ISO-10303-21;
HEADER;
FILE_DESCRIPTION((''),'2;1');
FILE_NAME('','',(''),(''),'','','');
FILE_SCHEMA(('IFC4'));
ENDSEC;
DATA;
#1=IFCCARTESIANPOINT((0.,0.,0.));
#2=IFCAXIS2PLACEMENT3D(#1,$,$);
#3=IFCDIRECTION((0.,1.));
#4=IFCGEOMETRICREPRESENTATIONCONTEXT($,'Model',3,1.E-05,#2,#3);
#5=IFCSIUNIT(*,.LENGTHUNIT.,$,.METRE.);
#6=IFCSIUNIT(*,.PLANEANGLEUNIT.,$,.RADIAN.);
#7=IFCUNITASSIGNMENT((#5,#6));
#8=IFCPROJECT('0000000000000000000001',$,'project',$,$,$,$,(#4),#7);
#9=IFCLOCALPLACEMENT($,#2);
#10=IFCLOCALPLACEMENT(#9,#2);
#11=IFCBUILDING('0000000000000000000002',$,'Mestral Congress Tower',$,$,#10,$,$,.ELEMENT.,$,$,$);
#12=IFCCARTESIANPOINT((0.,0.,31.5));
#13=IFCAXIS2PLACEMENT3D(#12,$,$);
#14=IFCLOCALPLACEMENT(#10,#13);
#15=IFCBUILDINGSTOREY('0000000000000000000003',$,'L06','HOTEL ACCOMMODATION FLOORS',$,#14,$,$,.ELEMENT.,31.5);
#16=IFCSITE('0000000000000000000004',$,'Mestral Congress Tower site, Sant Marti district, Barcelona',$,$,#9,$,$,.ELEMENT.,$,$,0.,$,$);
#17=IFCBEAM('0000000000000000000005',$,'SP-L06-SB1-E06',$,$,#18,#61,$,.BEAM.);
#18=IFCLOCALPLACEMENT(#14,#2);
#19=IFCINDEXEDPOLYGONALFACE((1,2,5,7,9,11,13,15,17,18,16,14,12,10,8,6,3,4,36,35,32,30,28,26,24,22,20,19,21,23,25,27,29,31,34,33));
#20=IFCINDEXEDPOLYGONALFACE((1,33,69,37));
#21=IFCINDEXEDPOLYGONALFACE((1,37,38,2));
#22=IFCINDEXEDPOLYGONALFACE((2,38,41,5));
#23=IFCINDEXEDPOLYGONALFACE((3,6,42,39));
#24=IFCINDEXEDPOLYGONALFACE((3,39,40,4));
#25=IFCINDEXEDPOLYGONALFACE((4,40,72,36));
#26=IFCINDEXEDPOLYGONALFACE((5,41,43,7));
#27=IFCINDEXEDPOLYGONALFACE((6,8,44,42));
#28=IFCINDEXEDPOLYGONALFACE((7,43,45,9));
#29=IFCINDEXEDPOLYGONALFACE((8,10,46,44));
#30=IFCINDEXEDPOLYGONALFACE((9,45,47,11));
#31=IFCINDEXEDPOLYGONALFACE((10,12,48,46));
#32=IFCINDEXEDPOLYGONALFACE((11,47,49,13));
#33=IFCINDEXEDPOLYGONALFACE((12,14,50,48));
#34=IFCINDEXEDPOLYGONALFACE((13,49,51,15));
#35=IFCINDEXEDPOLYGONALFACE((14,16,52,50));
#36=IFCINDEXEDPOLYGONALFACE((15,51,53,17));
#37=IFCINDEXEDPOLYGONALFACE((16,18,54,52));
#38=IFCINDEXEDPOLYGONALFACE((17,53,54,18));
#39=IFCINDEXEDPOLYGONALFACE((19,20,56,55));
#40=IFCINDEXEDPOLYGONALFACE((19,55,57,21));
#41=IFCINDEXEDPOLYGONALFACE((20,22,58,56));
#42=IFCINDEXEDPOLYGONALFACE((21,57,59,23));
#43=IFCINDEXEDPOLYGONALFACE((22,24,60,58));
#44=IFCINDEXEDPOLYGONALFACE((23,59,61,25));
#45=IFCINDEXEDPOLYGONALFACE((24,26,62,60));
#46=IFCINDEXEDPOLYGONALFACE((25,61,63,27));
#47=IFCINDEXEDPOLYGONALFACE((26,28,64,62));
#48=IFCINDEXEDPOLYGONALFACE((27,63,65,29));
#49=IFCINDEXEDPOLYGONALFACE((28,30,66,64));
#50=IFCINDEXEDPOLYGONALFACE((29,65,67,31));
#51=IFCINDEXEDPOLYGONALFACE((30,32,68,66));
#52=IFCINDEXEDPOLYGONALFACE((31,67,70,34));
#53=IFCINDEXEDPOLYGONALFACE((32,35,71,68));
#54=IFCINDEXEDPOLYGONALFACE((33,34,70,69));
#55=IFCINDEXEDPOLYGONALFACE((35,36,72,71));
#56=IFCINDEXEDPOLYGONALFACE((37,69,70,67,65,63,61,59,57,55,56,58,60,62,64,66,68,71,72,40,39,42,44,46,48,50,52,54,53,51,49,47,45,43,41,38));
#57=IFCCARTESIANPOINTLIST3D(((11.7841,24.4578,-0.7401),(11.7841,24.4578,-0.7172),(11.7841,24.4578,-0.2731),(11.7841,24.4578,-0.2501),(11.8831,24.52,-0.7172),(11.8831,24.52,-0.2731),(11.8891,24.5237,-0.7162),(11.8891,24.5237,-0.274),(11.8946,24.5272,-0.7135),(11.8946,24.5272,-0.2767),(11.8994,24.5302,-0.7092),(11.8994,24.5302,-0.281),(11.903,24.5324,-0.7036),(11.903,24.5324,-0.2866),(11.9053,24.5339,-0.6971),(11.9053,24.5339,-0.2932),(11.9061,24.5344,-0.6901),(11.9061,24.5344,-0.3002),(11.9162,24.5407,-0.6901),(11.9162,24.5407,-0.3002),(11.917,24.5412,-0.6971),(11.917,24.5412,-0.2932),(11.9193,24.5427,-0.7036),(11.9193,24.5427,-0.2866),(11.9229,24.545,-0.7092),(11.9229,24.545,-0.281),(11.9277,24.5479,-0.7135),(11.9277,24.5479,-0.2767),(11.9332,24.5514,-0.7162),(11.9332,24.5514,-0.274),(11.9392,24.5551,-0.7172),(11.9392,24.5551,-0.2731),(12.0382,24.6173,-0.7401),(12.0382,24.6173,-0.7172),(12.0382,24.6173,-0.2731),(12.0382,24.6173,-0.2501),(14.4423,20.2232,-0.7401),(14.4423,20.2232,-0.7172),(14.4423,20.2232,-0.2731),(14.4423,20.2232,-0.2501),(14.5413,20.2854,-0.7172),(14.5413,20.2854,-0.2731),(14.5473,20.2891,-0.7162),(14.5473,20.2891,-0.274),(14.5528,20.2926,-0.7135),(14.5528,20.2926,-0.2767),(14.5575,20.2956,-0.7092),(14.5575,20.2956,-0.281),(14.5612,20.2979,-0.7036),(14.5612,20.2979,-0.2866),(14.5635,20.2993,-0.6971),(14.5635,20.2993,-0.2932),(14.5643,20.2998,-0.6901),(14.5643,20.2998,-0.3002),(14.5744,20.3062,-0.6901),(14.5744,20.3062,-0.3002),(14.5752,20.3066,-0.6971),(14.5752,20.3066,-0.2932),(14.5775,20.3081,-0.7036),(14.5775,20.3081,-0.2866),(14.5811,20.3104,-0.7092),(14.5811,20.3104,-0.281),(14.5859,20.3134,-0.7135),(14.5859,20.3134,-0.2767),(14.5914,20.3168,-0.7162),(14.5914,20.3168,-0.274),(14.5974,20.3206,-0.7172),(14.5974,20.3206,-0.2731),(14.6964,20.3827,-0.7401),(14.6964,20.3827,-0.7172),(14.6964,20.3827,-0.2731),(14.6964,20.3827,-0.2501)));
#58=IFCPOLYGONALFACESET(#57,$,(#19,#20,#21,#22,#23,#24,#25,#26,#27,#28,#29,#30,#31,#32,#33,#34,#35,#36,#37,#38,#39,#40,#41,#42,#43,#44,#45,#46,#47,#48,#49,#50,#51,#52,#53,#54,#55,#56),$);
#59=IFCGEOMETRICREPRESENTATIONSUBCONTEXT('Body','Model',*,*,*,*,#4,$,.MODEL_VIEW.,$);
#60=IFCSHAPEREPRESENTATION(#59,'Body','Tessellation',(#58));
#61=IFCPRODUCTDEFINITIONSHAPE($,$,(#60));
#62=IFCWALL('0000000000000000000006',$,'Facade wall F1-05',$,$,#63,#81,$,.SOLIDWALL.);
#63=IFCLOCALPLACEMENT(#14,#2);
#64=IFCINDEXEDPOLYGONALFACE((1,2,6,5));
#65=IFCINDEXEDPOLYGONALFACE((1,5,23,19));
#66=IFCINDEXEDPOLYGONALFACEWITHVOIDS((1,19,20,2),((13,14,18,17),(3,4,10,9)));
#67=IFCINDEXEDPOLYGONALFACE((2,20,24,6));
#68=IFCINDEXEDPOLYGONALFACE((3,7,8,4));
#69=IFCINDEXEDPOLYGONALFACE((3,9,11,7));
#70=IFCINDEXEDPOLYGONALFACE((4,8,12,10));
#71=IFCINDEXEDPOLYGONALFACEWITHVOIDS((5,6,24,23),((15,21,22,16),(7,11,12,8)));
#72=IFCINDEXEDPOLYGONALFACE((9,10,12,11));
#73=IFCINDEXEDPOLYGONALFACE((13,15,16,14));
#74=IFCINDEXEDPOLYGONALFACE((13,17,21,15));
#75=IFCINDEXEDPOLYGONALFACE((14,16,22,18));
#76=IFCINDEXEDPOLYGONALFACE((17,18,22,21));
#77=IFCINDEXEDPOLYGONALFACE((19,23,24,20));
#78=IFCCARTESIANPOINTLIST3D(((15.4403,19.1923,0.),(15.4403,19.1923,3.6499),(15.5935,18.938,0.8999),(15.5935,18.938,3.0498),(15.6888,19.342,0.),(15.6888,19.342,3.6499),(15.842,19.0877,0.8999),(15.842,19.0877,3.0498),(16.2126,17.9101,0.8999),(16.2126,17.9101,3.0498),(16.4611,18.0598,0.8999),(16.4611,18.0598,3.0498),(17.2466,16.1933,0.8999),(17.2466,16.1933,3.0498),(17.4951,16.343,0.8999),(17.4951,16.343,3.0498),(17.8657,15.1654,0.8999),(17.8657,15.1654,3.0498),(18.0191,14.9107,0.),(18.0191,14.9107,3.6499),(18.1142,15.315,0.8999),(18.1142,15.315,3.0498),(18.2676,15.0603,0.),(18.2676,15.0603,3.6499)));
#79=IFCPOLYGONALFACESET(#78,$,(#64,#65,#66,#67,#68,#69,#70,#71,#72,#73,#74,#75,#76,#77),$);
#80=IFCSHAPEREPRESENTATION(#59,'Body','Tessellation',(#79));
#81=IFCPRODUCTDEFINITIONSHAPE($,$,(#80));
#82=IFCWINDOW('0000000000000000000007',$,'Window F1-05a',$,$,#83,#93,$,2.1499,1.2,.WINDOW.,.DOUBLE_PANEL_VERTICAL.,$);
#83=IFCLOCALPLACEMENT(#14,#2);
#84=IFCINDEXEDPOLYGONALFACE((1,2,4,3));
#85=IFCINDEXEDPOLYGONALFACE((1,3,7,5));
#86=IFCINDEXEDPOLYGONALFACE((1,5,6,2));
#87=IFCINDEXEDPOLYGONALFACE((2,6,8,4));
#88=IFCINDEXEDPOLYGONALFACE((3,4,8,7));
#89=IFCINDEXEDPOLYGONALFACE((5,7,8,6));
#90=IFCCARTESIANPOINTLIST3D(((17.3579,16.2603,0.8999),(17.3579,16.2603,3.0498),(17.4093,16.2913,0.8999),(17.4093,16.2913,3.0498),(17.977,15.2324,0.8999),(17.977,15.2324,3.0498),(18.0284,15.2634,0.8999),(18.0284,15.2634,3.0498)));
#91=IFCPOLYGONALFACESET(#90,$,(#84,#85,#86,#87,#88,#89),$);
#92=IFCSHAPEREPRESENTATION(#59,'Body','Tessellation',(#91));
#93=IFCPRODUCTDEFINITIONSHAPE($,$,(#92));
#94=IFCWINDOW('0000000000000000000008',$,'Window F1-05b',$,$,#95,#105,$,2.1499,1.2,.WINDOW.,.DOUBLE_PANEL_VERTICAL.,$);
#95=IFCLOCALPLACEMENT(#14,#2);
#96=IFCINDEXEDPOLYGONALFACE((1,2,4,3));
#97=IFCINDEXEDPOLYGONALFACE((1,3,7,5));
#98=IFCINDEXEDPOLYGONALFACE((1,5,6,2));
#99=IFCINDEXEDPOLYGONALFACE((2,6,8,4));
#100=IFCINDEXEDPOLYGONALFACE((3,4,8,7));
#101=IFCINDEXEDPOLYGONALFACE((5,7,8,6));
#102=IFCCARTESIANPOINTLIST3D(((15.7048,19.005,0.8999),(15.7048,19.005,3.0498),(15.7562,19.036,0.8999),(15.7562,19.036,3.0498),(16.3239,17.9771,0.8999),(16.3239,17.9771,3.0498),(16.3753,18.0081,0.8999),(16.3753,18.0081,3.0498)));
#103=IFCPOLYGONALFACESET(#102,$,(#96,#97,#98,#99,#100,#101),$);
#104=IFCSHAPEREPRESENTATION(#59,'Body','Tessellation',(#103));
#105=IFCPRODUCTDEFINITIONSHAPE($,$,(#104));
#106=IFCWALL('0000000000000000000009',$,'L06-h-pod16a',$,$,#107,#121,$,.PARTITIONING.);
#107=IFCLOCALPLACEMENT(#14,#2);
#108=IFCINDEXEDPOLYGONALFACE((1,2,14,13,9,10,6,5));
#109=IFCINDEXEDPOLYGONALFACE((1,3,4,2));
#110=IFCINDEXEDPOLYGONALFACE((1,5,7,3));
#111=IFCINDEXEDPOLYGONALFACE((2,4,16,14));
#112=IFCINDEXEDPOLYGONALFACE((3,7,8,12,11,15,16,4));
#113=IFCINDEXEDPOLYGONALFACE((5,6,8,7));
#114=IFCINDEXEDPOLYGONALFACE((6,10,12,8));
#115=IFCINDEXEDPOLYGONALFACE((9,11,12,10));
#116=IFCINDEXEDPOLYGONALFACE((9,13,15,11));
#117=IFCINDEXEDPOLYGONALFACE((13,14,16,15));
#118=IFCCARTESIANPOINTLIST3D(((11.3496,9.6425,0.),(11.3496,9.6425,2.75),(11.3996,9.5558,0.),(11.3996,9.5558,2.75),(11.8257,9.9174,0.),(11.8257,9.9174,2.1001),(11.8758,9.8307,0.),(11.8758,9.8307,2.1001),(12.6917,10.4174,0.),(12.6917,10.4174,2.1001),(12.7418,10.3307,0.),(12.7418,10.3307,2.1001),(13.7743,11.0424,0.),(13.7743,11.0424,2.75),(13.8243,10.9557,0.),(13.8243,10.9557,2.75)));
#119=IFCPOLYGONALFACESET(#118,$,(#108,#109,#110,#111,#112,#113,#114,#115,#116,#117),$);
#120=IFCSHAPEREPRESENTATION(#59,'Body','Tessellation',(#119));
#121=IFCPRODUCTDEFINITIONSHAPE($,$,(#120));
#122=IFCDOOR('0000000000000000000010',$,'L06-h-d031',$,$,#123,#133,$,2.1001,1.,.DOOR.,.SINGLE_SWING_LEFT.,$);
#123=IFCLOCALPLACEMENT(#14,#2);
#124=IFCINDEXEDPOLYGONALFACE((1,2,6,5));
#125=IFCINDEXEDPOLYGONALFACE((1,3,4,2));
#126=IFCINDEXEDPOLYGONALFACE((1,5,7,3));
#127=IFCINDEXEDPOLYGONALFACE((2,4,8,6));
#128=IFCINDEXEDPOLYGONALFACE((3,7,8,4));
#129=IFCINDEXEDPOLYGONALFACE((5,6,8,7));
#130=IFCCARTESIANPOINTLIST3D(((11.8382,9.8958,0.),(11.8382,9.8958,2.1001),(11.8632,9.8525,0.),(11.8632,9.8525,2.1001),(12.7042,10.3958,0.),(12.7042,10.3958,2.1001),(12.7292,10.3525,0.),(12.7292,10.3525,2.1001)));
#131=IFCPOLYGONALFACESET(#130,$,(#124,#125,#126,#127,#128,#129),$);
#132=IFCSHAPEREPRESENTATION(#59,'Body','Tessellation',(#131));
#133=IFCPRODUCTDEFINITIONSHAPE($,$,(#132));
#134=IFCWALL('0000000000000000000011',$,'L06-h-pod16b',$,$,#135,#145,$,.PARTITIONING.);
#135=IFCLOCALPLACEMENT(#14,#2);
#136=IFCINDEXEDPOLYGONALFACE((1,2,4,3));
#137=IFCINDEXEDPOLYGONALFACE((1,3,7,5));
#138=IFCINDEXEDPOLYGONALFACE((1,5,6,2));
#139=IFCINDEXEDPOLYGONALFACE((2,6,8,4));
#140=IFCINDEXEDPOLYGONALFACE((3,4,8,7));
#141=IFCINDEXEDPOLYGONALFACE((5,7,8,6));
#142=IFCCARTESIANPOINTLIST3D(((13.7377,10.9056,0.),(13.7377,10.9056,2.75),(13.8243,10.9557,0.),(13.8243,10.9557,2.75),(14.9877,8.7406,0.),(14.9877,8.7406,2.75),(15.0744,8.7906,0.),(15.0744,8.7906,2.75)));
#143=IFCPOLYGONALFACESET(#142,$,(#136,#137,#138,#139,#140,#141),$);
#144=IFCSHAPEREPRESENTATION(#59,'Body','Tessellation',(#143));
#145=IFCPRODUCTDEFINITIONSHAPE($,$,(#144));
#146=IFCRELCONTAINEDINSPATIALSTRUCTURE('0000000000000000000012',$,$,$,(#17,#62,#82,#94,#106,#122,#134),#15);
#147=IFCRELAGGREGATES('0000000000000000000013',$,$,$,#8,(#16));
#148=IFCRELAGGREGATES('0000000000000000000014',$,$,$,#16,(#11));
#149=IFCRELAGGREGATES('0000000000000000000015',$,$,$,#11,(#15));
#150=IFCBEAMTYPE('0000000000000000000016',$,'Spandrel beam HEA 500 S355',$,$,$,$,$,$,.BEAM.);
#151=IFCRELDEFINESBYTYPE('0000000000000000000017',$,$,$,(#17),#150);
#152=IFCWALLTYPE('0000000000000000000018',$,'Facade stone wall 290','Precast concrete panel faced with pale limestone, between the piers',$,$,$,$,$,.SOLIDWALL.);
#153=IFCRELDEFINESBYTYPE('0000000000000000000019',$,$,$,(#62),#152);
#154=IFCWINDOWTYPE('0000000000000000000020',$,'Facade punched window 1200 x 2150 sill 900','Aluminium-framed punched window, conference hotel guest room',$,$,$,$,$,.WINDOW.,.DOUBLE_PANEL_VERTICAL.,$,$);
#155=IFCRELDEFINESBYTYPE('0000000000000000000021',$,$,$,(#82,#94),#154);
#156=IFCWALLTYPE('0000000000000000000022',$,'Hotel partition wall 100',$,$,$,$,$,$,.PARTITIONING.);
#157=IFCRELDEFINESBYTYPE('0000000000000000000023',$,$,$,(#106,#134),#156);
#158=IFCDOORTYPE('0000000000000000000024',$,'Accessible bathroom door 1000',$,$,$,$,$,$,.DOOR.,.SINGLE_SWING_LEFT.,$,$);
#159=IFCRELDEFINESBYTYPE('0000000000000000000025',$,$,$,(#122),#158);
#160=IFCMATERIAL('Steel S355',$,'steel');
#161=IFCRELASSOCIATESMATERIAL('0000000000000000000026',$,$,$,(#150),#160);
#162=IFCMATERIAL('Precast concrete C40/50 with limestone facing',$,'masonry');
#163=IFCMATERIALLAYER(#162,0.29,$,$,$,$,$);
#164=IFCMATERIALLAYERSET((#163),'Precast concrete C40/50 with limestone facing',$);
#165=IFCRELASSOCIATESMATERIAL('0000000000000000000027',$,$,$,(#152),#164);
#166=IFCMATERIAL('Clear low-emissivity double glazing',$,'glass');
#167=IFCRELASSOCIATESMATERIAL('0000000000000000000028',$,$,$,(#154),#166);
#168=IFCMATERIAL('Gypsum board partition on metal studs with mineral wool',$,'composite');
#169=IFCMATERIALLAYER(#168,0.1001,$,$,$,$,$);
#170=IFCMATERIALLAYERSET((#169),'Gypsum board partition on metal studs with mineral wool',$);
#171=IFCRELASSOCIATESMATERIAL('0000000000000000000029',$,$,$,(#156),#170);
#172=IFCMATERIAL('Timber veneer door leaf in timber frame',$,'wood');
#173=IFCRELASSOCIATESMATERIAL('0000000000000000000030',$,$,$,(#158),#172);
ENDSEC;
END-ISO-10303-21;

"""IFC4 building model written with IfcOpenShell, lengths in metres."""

from ifc_helpers import new_model, si_unit, direction, frame, frame_2d, origin, origin_2d, place, context, subcontext, project, spatial, rectangle, i_section, extrude, material, layer, layer_set, material_profile, profile_set, type_object, element, fill, save


model = new_model("IFC4")

# Units and contexts
model_context = context("Model", 3, precision=1e-05, world=origin(), true_north=direction((0.0, 1.0)))
body_context = subcontext(model_context, "Body", "Model", "MODEL_VIEW")
ifc_project = project(units=[si_unit("LENGTHUNIT", "METRE"), si_unit("PLANEANGLEUNIT", "RADIAN")], contexts=[model_context])

# Site, building, storey
site_placement = place(None, origin())
site = spatial("IfcSite", under=ifc_project, at=site_placement, Name="Mestral Congress Tower site, Sant Marti district, Barcelona", CompositionType="ELEMENT", RefElevation=0.0)
building_placement = place(site_placement, origin())
building = spatial("IfcBuilding", under=site, at=building_placement, Name="Mestral Congress Tower", CompositionType="ELEMENT")
storey_placement = place(building_placement, frame((0.0, 0.0, 31.5)))
storey = spatial("IfcBuildingStorey", under=building, at=storey_placement, Name="L06", Description="HOTEL ACCOMMODATION FLOORS", CompositionType="ELEMENT", Elevation=31.5)

# Beam
ifc_material_1 = material(Name="Steel S355", Category="steel")
ifc_material_profile_1 = material_profile(ifc_material_1, i_section(OverallWidth=0.3, OverallDepth=0.49, WebThickness=0.012, FlangeThickness=0.0229, FilletRadius=0.0271, at=origin_2d()), Name="HEA 500")
ifc_profile_set_1 = profile_set([ifc_material_profile_1], Name="Steel S355")
beam_type_1 = type_object("IfcBeamType", Name="Spandrel beam HEA 500 S355", PredefinedType="BEAM", material=ifc_profile_set_1)
for number, where, z_axis, x_axis, name in (
    (1, (14.5693, 20.303, -0.4951), (-0.531661, 0.846957, 0.0), (-0.846957, -0.531661, 0.0), "SP-L06-SB1-E06"),
):
    element("IfcBeam", number, at=place(storey_placement, frame(where, z_axis=z_axis, x_axis=x_axis)), inside=storey, type_object=beam_type_1, Name=name, PredefinedType="BEAM", context=body_context, shape_type="SweptSolid", body=[
        extrude(i_section(OverallWidth=0.3, OverallDepth=0.49, WebThickness=0.012, FlangeThickness=0.0229, FilletRadius=0.0271, at=origin_2d()), origin(), (0.0, 0.0, 1.0), 4.9998),
    ])

# Wall, openings, windows
ifc_material_2 = material(Name="Precast concrete C40/50 with limestone facing", Category="masonry")
ifc_layer_1 = layer(ifc_material_2, 0.29)
ifc_layer_set_1 = layer_set([ifc_layer_1], Name="Precast concrete C40/50 with limestone facing")
wall_type_1 = type_object("IfcWallType", Name="Facade stone wall 290", Description="Precast concrete panel faced with pale limestone, between the piers", PredefinedType="SOLIDWALL", material=ifc_layer_set_1)
wall_1_placement = place(storey_placement, frame((18.1433, 14.9856, 0.0), z_axis=(0.0, 0.0, 1.0), x_axis=(-0.515939, 0.856625, 0.0)))
wall_1 = element("IfcWall", 2, at=wall_1_placement, inside=storey, type_object=wall_type_1, Name="Facade wall F1-05", PredefinedType="SOLIDWALL", context=body_context, shape_type="SweptSolid", body=[
    extrude(rectangle(XDim=4.9983, YDim=0.29, at=frame_2d((2.499, 0.0))), origin(), (0.0, 0.0, 1.0), 3.6499),
])
opening_1_placement = place(wall_1_placement, frame((0.2971, 0.0, 0.8999)))
opening_1 = element("IfcOpeningElement", 3, at=opening_1_placement, cuts=wall_1, PredefinedType="OPENING", context=body_context, shape_type="SweptSolid", body=[
    extrude(rectangle(XDim=1.2, YDim=2.1499, at=frame_2d((0.6001, 1.075))), frame((0.0, 0.155, 0.0), z_axis=(0.0, -1.0, 0.0), x_axis=(1.0, 0.0, 0.0)), (0.0, 0.0, 1.0), 0.3101),
])
opening_2_placement = place(wall_1_placement, frame((3.5012, 0.0, 0.8999)))
opening_2 = element("IfcOpeningElement", 4, at=opening_2_placement, cuts=wall_1, PredefinedType="OPENING", context=body_context, shape_type="SweptSolid", body=[
    extrude(rectangle(XDim=1.2, YDim=2.1499, at=frame_2d((0.6001, 1.075))), frame((0.0, 0.155, 0.0), z_axis=(0.0, -1.0, 0.0), x_axis=(1.0, 0.0, 0.0)), (0.0, 0.0, 1.0), 0.3101),
])
ifc_material_3 = material(Name="Clear low-emissivity double glazing", Category="glass")
window_type = type_object("IfcWindowType", Name="Facade punched window 1200 x 2150 sill 900", Description="Aluminium-framed punched window, conference hotel guest room", PartitioningType="DOUBLE_PANEL_VERTICAL", PredefinedType="WINDOW", material=ifc_material_3)
window_1_placement = place(opening_1_placement, origin())
window_1 = element("IfcWindow", 5, at=window_1_placement, inside=storey, type_object=window_type, Name="Window F1-05a", OverallHeight=2.1499, OverallWidth=1.2, PartitioningType="DOUBLE_PANEL_VERTICAL", PredefinedType="WINDOW", context=body_context, shape_type="SweptSolid", body=[
    extrude(rectangle(XDim=1.2, YDim=2.1499, at=frame_2d((0.6001, 1.075))), frame((0.0, 0.0151, 0.0), z_axis=(0.0, -1.0, 0.0), x_axis=(1.0, 0.0, 0.0)), (0.0, 0.0, 1.0), 0.0601),
])
fill(opening_1, window_1)
window_2_placement = place(opening_2_placement, origin())
window_2 = element("IfcWindow", 6, at=window_2_placement, inside=storey, type_object=window_type, Name="Window F1-05b", OverallHeight=2.1499, OverallWidth=1.2, PartitioningType="DOUBLE_PANEL_VERTICAL", PredefinedType="WINDOW", context=body_context, shape_type="SweptSolid", body=[
    extrude(rectangle(XDim=1.2, YDim=2.1499, at=frame_2d((0.6001, 1.075))), frame((0.0, 0.0151, 0.0), z_axis=(0.0, -1.0, 0.0), x_axis=(1.0, 0.0, 0.0)), (0.0, 0.0, 1.0), 0.0601),
])
fill(opening_2, window_2)

# Wall, opening, door
ifc_material_4 = material(Name="Gypsum board partition on metal studs with mineral wool", Category="composite")
ifc_layer_2 = layer(ifc_material_4, 0.1001)
ifc_layer_set_2 = layer_set([ifc_layer_2], Name="Gypsum board partition on metal studs with mineral wool")
wall_type_2 = type_object("IfcWallType", Name="Hotel partition wall 100", PredefinedType="PARTITIONING", material=ifc_layer_set_2)
wall_2_placement = place(storey_placement, frame((13.7993, 10.999, 0.0), z_axis=(0.0, 0.0, 1.0), x_axis=(-0.866035, -0.499984, 0.0)))
wall_2 = element("IfcWall", 7, at=wall_2_placement, inside=storey, type_object=wall_type_2, Name="L06-h-pod16a", PredefinedType="PARTITIONING", context=body_context, shape_type="SweptSolid", body=[
    extrude(rectangle(XDim=2.7998, YDim=0.1001, at=frame_2d((1.3999, 0.0))), origin(), (0.0, 0.0, 1.0), 2.75),
])
opening_3_placement = place(wall_2_placement, frame((1.25, 0.0, 0.0)))
opening_3 = element("IfcOpeningElement", 8, at=opening_3_placement, cuts=wall_2, PredefinedType="OPENING", context=body_context, shape_type="SweptSolid", body=[
    extrude(rectangle(XDim=1.0, YDim=2.1001, at=frame_2d((0.5, 1.05))), frame((0.0, 0.0601, 0.0), z_axis=(0.0, -1.0, 0.0), x_axis=(1.0, 0.0, 0.0)), (0.0, 0.0, 1.0), 0.1201),
])
ifc_material_5 = material(Name="Timber veneer door leaf in timber frame", Category="wood")
door_type_1 = type_object("IfcDoorType", Name="Accessible bathroom door 1000", OperationType="SINGLE_SWING_LEFT", PredefinedType="DOOR", material=ifc_material_5)
door_1_placement = place(opening_3_placement, origin())
door_1 = element("IfcDoor", 9, at=door_1_placement, inside=storey, type_object=door_type_1, Name="L06-h-d031", OperationType="SINGLE_SWING_LEFT", OverallHeight=2.1001, OverallWidth=1.0, PredefinedType="DOOR", context=body_context, shape_type="SweptSolid", body=[
    extrude(rectangle(XDim=1.0, YDim=2.1001, at=frame_2d((0.5, 1.05))), frame((0.0, 0.0249, 0.0), z_axis=(0.0, -1.0, 0.0), x_axis=(1.0, 0.0, 0.0)), (0.0, 0.0, 1.0), 0.05),
])
fill(opening_3, door_1)

# Wall
wall_3_placement = place(storey_placement, frame((13.781, 10.9307, 0.0), z_axis=(0.0, 0.0, 1.0), x_axis=(0.500004, -0.866023, 0.0)))
element("IfcWall", 10, at=wall_3_placement, inside=storey, type_object=wall_type_2, Name="L06-h-pod16b", PredefinedType="PARTITIONING", context=body_context, shape_type="SweptSolid", body=[
    extrude(rectangle(XDim=2.5, YDim=0.1001, at=frame_2d((1.25, 0.0))), origin(), (0.0, 0.0, 1.0), 2.75),
])

save(model, "model.ifc")
